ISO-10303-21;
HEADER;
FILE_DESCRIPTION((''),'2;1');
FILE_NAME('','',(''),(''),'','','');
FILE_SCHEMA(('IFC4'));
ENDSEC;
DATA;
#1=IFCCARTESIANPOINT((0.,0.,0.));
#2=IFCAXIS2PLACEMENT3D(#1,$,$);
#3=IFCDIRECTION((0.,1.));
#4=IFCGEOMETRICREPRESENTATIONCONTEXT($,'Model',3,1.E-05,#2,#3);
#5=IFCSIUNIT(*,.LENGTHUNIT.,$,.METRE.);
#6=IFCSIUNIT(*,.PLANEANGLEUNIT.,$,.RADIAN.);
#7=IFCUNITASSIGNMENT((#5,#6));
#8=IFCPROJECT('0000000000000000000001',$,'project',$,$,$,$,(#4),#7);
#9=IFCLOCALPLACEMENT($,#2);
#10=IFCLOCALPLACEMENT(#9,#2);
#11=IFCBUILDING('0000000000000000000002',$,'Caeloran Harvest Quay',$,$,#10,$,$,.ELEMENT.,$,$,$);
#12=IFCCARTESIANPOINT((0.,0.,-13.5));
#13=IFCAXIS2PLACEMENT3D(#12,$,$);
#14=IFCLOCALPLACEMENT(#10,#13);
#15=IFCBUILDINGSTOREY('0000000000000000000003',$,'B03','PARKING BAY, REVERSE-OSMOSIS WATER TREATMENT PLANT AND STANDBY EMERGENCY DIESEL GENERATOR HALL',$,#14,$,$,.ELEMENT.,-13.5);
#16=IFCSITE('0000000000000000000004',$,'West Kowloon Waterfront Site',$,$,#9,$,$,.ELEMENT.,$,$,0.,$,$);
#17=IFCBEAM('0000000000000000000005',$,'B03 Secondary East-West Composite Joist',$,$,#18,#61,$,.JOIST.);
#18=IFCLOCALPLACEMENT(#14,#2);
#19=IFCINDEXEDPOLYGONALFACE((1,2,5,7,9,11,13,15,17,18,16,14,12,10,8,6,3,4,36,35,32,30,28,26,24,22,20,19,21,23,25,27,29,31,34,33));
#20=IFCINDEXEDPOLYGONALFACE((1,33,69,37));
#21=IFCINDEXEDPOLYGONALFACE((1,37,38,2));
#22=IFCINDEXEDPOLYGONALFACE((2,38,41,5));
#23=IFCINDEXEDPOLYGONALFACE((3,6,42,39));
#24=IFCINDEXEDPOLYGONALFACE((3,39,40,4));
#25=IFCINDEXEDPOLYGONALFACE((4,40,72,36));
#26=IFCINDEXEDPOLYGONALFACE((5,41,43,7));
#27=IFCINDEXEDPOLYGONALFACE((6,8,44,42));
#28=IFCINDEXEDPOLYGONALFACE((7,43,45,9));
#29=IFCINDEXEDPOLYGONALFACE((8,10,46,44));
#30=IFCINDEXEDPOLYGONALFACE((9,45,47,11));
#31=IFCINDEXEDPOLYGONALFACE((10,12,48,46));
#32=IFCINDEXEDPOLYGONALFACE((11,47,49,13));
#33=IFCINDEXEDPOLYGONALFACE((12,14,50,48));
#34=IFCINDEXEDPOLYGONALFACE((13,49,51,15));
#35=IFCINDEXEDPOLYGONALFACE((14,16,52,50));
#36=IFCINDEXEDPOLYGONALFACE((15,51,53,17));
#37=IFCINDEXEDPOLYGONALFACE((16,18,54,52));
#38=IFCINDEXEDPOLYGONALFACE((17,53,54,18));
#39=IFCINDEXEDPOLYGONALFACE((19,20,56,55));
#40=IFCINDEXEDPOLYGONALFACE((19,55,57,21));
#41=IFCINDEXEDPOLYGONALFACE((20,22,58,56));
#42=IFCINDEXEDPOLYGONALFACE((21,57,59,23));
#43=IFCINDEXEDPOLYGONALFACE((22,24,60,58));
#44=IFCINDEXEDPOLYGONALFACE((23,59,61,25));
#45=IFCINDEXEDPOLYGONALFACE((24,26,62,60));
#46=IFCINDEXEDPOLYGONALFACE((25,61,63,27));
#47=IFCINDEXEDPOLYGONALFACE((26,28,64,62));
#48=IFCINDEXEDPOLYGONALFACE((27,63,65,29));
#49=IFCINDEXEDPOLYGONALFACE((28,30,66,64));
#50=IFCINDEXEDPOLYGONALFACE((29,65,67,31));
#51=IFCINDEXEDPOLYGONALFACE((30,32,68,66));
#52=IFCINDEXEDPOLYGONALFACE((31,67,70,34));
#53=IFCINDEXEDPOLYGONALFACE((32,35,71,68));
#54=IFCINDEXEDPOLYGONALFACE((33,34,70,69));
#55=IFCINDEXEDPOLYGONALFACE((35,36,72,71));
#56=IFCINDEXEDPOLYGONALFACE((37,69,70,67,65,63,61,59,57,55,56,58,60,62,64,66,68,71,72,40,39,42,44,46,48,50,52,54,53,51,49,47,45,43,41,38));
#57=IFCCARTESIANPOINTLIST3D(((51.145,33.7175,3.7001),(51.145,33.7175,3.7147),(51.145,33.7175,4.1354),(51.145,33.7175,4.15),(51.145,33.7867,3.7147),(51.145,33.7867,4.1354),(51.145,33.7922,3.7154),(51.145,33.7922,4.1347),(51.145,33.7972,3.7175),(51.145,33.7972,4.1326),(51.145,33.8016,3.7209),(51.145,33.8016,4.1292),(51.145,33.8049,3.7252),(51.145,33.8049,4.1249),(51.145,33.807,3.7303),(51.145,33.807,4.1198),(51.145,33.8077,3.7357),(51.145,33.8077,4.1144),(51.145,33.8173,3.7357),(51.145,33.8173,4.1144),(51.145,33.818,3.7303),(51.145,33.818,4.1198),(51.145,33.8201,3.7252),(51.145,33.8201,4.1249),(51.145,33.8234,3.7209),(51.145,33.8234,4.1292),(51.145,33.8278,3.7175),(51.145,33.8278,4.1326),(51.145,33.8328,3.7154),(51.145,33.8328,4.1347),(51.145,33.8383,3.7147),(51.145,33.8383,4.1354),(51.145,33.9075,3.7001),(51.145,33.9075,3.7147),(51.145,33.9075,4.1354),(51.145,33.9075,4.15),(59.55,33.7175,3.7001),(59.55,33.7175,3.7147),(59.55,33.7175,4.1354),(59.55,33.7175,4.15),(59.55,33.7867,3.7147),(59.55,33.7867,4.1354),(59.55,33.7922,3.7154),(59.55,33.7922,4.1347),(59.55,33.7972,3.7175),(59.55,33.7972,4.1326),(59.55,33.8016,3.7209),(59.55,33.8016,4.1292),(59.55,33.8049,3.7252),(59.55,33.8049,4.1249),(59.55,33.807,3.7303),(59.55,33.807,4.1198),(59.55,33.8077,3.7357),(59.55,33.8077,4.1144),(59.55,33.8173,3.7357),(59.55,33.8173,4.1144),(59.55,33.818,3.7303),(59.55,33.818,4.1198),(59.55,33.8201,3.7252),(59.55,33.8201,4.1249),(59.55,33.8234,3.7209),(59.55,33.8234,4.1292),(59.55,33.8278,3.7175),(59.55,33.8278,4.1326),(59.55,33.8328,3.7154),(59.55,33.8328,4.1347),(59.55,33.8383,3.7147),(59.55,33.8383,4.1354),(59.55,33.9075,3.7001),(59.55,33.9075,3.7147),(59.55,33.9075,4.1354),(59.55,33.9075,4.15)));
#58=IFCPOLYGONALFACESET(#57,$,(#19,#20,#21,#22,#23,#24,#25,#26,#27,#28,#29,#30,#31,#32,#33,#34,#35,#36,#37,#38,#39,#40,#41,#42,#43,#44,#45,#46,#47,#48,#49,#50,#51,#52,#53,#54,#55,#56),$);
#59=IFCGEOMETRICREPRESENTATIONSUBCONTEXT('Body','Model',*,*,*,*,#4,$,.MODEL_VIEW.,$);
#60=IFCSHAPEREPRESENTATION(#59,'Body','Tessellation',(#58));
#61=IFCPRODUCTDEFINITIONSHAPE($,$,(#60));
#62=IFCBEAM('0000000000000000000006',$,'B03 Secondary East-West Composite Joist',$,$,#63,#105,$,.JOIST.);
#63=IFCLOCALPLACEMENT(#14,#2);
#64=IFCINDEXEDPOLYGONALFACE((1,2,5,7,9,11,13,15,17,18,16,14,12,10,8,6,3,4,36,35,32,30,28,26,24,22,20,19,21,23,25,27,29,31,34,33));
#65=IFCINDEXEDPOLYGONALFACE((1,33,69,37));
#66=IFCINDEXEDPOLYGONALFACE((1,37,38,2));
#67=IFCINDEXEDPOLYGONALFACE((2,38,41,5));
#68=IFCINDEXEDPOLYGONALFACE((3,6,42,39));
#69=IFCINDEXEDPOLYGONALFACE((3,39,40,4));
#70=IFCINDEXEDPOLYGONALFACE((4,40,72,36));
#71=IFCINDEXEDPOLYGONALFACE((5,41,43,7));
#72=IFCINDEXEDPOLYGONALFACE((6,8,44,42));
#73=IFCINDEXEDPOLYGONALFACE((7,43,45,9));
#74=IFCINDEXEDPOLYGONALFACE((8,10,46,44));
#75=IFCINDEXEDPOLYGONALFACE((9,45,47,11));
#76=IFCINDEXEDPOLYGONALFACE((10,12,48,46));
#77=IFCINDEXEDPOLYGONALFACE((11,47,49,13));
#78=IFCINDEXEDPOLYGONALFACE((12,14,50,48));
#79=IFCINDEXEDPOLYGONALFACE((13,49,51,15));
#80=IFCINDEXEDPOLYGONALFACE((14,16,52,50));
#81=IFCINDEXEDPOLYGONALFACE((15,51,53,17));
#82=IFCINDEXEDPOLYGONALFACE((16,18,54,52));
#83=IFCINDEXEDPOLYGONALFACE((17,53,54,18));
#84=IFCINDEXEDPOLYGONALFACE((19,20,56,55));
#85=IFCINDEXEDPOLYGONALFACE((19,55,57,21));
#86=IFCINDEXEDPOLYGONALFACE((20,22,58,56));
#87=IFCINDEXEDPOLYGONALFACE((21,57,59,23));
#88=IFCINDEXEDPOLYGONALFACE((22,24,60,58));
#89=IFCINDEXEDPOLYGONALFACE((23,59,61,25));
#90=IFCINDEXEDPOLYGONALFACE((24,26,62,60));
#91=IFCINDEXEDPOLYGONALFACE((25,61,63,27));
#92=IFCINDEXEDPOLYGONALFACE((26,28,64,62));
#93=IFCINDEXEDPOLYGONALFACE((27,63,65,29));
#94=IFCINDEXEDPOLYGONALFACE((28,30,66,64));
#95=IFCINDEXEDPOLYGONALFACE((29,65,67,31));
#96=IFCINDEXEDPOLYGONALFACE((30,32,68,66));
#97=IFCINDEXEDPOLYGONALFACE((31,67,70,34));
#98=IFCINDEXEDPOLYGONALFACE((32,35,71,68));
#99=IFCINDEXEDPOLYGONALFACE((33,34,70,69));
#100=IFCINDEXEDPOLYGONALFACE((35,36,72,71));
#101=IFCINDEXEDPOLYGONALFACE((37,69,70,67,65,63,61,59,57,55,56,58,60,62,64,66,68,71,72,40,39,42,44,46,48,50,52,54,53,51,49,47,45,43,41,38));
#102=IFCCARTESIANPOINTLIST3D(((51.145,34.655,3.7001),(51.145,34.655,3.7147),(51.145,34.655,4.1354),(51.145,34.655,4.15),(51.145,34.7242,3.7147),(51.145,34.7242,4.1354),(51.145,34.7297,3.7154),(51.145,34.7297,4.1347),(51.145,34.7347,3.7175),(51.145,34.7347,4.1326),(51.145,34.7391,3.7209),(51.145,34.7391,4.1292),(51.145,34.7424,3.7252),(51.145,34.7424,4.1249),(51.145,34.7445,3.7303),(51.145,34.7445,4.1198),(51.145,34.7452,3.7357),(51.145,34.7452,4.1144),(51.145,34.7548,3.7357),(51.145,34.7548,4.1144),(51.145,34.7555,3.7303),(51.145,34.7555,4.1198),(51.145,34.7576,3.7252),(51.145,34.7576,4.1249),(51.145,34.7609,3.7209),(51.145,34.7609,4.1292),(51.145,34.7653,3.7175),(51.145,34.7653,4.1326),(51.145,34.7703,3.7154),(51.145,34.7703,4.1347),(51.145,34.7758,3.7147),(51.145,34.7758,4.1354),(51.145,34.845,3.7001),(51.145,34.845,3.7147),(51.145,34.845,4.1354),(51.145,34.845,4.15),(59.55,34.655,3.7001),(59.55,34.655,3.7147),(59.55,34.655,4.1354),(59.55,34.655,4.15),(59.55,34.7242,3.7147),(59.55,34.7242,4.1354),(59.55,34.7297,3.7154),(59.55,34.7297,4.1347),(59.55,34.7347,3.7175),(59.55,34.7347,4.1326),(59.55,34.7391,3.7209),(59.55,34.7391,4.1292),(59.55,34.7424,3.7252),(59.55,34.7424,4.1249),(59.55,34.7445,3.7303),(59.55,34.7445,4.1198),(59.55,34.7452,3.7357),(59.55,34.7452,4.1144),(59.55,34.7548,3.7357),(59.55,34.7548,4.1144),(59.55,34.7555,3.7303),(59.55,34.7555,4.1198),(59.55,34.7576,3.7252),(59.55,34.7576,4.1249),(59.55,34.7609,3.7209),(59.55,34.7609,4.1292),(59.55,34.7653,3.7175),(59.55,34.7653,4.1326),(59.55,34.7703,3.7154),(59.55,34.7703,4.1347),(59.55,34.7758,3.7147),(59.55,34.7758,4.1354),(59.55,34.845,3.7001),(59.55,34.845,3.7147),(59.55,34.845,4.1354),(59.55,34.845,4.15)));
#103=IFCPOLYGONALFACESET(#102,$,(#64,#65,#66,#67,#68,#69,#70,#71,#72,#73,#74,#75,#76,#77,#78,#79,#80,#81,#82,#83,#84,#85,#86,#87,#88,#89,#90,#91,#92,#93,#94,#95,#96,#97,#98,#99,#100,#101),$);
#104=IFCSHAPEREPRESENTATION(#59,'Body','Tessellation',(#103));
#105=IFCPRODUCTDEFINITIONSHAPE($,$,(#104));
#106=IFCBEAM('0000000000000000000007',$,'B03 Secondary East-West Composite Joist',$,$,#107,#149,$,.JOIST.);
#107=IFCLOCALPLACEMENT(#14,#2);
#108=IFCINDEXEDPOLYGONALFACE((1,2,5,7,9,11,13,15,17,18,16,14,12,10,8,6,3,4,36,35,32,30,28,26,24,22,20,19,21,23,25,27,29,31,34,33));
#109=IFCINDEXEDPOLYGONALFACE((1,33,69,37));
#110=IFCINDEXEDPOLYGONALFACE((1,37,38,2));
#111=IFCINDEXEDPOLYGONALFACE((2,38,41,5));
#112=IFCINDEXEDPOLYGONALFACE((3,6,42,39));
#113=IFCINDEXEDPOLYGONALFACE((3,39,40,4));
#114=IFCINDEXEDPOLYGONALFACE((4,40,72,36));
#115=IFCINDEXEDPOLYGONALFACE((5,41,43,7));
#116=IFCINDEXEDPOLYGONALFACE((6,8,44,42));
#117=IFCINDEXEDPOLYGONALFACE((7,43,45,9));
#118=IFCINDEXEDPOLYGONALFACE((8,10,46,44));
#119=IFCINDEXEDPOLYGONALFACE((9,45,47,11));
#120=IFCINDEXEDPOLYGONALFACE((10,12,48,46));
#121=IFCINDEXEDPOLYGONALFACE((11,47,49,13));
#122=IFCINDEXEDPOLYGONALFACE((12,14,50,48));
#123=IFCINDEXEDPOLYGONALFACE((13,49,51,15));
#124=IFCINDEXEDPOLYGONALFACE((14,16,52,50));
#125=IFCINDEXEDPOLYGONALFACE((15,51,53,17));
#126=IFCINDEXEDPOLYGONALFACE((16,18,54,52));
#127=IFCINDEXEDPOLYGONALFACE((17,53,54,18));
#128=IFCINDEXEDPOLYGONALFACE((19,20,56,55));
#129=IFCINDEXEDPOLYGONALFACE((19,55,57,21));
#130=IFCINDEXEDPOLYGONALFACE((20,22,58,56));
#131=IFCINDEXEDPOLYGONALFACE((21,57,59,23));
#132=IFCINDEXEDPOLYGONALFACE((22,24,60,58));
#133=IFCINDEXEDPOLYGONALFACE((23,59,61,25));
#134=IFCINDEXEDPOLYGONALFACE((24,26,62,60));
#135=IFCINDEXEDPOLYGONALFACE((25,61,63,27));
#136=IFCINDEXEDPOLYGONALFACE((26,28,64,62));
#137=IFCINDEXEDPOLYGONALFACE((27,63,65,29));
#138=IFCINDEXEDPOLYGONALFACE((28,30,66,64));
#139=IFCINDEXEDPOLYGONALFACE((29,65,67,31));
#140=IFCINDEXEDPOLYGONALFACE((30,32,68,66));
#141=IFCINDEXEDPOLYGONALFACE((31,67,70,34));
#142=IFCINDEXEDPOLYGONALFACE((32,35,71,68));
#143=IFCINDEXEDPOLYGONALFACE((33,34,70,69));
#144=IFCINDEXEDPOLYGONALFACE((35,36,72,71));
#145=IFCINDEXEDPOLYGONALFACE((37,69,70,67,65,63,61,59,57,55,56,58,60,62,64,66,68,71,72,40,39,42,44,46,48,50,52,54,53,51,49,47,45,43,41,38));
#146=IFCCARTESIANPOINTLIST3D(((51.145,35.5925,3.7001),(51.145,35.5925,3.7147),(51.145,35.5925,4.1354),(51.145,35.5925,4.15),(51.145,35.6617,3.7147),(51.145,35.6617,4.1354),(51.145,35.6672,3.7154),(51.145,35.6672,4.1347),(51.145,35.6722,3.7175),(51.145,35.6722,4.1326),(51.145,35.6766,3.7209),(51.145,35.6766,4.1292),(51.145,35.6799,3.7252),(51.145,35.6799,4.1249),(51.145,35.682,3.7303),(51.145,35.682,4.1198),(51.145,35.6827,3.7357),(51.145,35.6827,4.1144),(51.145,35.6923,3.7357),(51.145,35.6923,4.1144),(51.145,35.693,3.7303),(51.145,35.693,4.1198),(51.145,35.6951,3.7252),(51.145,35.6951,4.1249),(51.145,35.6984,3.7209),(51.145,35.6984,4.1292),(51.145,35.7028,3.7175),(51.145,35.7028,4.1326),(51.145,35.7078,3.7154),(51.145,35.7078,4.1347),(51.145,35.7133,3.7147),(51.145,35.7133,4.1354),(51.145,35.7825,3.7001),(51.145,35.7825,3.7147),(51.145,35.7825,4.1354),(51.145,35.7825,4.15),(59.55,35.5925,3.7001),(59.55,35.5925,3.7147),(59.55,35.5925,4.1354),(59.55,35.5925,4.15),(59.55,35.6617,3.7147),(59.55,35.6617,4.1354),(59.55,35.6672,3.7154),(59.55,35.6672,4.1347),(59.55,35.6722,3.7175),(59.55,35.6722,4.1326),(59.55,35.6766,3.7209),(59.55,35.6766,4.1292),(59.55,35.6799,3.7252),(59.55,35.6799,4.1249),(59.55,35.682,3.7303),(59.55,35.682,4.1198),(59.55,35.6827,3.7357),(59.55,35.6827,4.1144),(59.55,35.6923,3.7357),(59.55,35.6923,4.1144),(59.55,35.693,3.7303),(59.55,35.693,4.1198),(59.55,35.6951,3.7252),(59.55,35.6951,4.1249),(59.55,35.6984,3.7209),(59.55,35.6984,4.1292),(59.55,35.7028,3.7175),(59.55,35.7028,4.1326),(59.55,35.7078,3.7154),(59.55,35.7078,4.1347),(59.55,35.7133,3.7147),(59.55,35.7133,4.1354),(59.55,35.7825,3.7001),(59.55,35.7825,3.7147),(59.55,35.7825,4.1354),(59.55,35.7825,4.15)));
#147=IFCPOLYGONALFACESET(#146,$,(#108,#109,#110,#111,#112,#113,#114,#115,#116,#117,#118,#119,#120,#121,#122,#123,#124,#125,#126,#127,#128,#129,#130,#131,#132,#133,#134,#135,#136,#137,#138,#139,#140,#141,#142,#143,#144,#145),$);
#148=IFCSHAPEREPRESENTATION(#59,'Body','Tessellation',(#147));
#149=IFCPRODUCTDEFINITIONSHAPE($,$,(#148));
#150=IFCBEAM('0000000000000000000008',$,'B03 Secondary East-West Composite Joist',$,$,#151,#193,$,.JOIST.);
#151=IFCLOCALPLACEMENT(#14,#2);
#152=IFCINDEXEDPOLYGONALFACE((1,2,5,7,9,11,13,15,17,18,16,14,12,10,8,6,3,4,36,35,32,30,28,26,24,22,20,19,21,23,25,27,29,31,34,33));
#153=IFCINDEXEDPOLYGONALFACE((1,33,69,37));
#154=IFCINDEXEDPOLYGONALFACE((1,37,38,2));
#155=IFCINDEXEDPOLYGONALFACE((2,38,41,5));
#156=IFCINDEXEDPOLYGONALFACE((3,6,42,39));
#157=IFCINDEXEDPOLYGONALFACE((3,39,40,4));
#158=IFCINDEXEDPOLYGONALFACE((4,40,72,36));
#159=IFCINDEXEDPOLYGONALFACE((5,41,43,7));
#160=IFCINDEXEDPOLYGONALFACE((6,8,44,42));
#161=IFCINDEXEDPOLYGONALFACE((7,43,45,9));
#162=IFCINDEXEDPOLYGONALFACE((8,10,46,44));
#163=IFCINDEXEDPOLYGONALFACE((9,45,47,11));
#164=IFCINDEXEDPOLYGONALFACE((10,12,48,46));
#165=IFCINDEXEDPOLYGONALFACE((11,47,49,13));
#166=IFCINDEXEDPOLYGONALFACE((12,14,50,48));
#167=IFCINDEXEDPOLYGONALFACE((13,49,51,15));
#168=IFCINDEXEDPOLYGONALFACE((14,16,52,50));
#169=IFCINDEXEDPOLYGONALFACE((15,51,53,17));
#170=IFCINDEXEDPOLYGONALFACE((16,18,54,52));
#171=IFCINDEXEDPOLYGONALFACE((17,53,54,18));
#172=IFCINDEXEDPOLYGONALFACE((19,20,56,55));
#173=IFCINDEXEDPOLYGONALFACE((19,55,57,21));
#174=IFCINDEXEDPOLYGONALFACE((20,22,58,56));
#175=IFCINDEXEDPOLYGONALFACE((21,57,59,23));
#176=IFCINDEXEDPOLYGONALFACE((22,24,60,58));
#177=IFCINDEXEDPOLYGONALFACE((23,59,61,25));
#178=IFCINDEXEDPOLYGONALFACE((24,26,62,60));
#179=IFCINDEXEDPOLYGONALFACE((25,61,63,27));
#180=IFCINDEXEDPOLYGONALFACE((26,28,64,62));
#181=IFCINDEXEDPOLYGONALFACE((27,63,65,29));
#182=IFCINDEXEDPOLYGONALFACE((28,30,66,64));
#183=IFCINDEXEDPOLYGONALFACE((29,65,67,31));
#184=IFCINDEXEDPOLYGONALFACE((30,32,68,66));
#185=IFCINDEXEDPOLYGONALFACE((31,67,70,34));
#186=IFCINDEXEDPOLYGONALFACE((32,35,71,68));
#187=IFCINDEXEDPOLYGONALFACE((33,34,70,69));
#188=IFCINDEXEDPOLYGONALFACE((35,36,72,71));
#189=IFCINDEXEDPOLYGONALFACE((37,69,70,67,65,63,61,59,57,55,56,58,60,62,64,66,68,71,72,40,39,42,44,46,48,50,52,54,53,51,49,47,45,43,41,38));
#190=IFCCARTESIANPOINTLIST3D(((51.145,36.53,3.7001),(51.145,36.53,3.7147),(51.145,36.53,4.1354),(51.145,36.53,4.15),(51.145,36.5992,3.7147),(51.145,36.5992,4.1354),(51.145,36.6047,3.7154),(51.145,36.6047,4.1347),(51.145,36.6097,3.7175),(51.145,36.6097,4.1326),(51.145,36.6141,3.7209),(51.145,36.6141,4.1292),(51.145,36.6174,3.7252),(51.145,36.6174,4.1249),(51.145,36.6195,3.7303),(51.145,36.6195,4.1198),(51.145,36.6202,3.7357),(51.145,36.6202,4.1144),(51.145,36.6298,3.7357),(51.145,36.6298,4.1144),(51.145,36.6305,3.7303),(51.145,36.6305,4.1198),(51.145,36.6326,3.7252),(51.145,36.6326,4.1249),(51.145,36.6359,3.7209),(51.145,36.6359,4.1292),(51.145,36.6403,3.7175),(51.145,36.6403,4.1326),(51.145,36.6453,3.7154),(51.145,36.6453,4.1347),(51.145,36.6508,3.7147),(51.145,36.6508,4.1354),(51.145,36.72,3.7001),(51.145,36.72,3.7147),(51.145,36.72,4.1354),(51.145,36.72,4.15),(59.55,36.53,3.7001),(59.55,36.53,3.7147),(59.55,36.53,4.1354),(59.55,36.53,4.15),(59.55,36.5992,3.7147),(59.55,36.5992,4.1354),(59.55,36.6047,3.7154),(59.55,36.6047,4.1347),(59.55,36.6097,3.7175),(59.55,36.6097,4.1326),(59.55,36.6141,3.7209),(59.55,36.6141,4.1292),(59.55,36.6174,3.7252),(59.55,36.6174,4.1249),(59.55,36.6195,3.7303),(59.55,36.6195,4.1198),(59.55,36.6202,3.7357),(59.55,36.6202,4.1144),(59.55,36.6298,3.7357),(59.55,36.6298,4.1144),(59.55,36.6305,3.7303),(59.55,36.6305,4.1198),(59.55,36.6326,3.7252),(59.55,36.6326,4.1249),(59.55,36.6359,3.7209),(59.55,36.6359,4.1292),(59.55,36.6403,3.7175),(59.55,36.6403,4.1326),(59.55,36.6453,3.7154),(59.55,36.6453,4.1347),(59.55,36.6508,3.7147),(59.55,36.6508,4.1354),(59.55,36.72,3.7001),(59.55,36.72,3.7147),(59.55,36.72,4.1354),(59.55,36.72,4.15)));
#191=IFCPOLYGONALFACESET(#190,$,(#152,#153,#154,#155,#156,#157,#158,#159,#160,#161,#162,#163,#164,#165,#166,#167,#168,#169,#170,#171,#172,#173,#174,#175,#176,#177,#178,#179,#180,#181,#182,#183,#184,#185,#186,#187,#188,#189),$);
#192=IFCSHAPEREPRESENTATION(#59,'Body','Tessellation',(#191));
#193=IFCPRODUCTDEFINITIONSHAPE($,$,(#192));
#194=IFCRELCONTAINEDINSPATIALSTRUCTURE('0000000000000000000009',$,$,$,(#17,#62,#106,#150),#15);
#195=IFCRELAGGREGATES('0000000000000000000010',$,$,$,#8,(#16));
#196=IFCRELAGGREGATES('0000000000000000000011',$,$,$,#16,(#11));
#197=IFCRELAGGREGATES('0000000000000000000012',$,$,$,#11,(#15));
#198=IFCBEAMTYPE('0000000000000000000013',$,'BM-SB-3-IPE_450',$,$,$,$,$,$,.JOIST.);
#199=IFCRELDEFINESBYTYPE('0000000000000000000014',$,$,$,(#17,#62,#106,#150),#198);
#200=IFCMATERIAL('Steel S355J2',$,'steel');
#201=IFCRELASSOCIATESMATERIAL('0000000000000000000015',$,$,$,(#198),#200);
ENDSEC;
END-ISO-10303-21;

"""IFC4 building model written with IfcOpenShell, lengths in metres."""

from ifc_helpers import new_model, si_unit, direction, frame, origin, origin_2d, place, context, subcontext, project, spatial, i_section, extrude, material, material_profile, profile_set, type_object, element, save


model = new_model("IFC4")

# Units and contexts
model_context = context("Model", 3, precision=1e-05, world=origin(), true_north=direction((0.0, 1.0)))
body_context = subcontext(model_context, "Body", "Model", "MODEL_VIEW")
ifc_project = project(units=[si_unit("LENGTHUNIT", "METRE"), si_unit("PLANEANGLEUNIT", "RADIAN")], contexts=[model_context])

# Site, building, storey
site_placement = place(None, origin())
site = spatial("IfcSite", under=ifc_project, at=site_placement, Name="West Kowloon Waterfront Site", CompositionType="ELEMENT", RefElevation=0.0)
building_placement = place(site_placement, origin())
building = spatial("IfcBuilding", under=site, at=building_placement, Name="Caeloran Harvest Quay", CompositionType="ELEMENT")
storey_placement = place(building_placement, frame((0.0, 0.0, -13.5)))
storey = spatial("IfcBuildingStorey", under=building, at=storey_placement, Name="B03", Description="PARKING BAY, REVERSE-OSMOSIS WATER TREATMENT PLANT AND STANDBY EMERGENCY DIESEL GENERATOR HALL", CompositionType="ELEMENT", Elevation=-13.5)

# Beams
ifc_material_1 = material(Name="Steel S355J2", Category="steel")
ifc_material_profile_1 = material_profile(ifc_material_1, i_section(OverallWidth=0.1899, OverallDepth=0.45, WebThickness=0.0095, FlangeThickness=0.0146, FilletRadius=0.021, at=origin_2d()), Name="IPE 450")
ifc_profile_set_1 = profile_set([ifc_material_profile_1], Name="Steel S355J2")
beam_type_1 = type_object("IfcBeamType", Name="BM-SB-3-IPE_450", PredefinedType="JOIST", material=ifc_profile_set_1)
for number, where, z_axis, x_axis, name in (
    (1, (51.145, 33.8125, 3.925), (1.0, 0.0, 0.0), (0.0, 1.0, 0.0), "B03 Secondary East-West Composite Joist"),
    (2, (51.145, 34.75, 3.925), (1.0, 0.0, 0.0), (0.0, 1.0, 0.0), "B03 Secondary East-West Composite Joist"),
    (3, (51.145, 35.6875, 3.925), (1.0, 0.0, 0.0), (0.0, 1.0, 0.0), "B03 Secondary East-West Composite Joist"),
    (4, (51.145, 36.625, 3.925), (1.0, 0.0, 0.0), (0.0, 1.0, 0.0), "B03 Secondary East-West Composite Joist"),
):
    element("IfcBeam", number, at=place(storey_placement, frame(where, z_axis=z_axis, x_axis=x_axis)), inside=storey, type_object=beam_type_1, Name=name, PredefinedType="JOIST", context=body_context, shape_type="SweptSolid", body=[
        extrude(i_section(OverallWidth=0.1899, OverallDepth=0.45, WebThickness=0.0095, FlangeThickness=0.0146, FilletRadius=0.021, at=origin_2d()), origin(), (0.0, 0.0, 1.0), 8.405),
    ])

save(model, "model.ifc")
